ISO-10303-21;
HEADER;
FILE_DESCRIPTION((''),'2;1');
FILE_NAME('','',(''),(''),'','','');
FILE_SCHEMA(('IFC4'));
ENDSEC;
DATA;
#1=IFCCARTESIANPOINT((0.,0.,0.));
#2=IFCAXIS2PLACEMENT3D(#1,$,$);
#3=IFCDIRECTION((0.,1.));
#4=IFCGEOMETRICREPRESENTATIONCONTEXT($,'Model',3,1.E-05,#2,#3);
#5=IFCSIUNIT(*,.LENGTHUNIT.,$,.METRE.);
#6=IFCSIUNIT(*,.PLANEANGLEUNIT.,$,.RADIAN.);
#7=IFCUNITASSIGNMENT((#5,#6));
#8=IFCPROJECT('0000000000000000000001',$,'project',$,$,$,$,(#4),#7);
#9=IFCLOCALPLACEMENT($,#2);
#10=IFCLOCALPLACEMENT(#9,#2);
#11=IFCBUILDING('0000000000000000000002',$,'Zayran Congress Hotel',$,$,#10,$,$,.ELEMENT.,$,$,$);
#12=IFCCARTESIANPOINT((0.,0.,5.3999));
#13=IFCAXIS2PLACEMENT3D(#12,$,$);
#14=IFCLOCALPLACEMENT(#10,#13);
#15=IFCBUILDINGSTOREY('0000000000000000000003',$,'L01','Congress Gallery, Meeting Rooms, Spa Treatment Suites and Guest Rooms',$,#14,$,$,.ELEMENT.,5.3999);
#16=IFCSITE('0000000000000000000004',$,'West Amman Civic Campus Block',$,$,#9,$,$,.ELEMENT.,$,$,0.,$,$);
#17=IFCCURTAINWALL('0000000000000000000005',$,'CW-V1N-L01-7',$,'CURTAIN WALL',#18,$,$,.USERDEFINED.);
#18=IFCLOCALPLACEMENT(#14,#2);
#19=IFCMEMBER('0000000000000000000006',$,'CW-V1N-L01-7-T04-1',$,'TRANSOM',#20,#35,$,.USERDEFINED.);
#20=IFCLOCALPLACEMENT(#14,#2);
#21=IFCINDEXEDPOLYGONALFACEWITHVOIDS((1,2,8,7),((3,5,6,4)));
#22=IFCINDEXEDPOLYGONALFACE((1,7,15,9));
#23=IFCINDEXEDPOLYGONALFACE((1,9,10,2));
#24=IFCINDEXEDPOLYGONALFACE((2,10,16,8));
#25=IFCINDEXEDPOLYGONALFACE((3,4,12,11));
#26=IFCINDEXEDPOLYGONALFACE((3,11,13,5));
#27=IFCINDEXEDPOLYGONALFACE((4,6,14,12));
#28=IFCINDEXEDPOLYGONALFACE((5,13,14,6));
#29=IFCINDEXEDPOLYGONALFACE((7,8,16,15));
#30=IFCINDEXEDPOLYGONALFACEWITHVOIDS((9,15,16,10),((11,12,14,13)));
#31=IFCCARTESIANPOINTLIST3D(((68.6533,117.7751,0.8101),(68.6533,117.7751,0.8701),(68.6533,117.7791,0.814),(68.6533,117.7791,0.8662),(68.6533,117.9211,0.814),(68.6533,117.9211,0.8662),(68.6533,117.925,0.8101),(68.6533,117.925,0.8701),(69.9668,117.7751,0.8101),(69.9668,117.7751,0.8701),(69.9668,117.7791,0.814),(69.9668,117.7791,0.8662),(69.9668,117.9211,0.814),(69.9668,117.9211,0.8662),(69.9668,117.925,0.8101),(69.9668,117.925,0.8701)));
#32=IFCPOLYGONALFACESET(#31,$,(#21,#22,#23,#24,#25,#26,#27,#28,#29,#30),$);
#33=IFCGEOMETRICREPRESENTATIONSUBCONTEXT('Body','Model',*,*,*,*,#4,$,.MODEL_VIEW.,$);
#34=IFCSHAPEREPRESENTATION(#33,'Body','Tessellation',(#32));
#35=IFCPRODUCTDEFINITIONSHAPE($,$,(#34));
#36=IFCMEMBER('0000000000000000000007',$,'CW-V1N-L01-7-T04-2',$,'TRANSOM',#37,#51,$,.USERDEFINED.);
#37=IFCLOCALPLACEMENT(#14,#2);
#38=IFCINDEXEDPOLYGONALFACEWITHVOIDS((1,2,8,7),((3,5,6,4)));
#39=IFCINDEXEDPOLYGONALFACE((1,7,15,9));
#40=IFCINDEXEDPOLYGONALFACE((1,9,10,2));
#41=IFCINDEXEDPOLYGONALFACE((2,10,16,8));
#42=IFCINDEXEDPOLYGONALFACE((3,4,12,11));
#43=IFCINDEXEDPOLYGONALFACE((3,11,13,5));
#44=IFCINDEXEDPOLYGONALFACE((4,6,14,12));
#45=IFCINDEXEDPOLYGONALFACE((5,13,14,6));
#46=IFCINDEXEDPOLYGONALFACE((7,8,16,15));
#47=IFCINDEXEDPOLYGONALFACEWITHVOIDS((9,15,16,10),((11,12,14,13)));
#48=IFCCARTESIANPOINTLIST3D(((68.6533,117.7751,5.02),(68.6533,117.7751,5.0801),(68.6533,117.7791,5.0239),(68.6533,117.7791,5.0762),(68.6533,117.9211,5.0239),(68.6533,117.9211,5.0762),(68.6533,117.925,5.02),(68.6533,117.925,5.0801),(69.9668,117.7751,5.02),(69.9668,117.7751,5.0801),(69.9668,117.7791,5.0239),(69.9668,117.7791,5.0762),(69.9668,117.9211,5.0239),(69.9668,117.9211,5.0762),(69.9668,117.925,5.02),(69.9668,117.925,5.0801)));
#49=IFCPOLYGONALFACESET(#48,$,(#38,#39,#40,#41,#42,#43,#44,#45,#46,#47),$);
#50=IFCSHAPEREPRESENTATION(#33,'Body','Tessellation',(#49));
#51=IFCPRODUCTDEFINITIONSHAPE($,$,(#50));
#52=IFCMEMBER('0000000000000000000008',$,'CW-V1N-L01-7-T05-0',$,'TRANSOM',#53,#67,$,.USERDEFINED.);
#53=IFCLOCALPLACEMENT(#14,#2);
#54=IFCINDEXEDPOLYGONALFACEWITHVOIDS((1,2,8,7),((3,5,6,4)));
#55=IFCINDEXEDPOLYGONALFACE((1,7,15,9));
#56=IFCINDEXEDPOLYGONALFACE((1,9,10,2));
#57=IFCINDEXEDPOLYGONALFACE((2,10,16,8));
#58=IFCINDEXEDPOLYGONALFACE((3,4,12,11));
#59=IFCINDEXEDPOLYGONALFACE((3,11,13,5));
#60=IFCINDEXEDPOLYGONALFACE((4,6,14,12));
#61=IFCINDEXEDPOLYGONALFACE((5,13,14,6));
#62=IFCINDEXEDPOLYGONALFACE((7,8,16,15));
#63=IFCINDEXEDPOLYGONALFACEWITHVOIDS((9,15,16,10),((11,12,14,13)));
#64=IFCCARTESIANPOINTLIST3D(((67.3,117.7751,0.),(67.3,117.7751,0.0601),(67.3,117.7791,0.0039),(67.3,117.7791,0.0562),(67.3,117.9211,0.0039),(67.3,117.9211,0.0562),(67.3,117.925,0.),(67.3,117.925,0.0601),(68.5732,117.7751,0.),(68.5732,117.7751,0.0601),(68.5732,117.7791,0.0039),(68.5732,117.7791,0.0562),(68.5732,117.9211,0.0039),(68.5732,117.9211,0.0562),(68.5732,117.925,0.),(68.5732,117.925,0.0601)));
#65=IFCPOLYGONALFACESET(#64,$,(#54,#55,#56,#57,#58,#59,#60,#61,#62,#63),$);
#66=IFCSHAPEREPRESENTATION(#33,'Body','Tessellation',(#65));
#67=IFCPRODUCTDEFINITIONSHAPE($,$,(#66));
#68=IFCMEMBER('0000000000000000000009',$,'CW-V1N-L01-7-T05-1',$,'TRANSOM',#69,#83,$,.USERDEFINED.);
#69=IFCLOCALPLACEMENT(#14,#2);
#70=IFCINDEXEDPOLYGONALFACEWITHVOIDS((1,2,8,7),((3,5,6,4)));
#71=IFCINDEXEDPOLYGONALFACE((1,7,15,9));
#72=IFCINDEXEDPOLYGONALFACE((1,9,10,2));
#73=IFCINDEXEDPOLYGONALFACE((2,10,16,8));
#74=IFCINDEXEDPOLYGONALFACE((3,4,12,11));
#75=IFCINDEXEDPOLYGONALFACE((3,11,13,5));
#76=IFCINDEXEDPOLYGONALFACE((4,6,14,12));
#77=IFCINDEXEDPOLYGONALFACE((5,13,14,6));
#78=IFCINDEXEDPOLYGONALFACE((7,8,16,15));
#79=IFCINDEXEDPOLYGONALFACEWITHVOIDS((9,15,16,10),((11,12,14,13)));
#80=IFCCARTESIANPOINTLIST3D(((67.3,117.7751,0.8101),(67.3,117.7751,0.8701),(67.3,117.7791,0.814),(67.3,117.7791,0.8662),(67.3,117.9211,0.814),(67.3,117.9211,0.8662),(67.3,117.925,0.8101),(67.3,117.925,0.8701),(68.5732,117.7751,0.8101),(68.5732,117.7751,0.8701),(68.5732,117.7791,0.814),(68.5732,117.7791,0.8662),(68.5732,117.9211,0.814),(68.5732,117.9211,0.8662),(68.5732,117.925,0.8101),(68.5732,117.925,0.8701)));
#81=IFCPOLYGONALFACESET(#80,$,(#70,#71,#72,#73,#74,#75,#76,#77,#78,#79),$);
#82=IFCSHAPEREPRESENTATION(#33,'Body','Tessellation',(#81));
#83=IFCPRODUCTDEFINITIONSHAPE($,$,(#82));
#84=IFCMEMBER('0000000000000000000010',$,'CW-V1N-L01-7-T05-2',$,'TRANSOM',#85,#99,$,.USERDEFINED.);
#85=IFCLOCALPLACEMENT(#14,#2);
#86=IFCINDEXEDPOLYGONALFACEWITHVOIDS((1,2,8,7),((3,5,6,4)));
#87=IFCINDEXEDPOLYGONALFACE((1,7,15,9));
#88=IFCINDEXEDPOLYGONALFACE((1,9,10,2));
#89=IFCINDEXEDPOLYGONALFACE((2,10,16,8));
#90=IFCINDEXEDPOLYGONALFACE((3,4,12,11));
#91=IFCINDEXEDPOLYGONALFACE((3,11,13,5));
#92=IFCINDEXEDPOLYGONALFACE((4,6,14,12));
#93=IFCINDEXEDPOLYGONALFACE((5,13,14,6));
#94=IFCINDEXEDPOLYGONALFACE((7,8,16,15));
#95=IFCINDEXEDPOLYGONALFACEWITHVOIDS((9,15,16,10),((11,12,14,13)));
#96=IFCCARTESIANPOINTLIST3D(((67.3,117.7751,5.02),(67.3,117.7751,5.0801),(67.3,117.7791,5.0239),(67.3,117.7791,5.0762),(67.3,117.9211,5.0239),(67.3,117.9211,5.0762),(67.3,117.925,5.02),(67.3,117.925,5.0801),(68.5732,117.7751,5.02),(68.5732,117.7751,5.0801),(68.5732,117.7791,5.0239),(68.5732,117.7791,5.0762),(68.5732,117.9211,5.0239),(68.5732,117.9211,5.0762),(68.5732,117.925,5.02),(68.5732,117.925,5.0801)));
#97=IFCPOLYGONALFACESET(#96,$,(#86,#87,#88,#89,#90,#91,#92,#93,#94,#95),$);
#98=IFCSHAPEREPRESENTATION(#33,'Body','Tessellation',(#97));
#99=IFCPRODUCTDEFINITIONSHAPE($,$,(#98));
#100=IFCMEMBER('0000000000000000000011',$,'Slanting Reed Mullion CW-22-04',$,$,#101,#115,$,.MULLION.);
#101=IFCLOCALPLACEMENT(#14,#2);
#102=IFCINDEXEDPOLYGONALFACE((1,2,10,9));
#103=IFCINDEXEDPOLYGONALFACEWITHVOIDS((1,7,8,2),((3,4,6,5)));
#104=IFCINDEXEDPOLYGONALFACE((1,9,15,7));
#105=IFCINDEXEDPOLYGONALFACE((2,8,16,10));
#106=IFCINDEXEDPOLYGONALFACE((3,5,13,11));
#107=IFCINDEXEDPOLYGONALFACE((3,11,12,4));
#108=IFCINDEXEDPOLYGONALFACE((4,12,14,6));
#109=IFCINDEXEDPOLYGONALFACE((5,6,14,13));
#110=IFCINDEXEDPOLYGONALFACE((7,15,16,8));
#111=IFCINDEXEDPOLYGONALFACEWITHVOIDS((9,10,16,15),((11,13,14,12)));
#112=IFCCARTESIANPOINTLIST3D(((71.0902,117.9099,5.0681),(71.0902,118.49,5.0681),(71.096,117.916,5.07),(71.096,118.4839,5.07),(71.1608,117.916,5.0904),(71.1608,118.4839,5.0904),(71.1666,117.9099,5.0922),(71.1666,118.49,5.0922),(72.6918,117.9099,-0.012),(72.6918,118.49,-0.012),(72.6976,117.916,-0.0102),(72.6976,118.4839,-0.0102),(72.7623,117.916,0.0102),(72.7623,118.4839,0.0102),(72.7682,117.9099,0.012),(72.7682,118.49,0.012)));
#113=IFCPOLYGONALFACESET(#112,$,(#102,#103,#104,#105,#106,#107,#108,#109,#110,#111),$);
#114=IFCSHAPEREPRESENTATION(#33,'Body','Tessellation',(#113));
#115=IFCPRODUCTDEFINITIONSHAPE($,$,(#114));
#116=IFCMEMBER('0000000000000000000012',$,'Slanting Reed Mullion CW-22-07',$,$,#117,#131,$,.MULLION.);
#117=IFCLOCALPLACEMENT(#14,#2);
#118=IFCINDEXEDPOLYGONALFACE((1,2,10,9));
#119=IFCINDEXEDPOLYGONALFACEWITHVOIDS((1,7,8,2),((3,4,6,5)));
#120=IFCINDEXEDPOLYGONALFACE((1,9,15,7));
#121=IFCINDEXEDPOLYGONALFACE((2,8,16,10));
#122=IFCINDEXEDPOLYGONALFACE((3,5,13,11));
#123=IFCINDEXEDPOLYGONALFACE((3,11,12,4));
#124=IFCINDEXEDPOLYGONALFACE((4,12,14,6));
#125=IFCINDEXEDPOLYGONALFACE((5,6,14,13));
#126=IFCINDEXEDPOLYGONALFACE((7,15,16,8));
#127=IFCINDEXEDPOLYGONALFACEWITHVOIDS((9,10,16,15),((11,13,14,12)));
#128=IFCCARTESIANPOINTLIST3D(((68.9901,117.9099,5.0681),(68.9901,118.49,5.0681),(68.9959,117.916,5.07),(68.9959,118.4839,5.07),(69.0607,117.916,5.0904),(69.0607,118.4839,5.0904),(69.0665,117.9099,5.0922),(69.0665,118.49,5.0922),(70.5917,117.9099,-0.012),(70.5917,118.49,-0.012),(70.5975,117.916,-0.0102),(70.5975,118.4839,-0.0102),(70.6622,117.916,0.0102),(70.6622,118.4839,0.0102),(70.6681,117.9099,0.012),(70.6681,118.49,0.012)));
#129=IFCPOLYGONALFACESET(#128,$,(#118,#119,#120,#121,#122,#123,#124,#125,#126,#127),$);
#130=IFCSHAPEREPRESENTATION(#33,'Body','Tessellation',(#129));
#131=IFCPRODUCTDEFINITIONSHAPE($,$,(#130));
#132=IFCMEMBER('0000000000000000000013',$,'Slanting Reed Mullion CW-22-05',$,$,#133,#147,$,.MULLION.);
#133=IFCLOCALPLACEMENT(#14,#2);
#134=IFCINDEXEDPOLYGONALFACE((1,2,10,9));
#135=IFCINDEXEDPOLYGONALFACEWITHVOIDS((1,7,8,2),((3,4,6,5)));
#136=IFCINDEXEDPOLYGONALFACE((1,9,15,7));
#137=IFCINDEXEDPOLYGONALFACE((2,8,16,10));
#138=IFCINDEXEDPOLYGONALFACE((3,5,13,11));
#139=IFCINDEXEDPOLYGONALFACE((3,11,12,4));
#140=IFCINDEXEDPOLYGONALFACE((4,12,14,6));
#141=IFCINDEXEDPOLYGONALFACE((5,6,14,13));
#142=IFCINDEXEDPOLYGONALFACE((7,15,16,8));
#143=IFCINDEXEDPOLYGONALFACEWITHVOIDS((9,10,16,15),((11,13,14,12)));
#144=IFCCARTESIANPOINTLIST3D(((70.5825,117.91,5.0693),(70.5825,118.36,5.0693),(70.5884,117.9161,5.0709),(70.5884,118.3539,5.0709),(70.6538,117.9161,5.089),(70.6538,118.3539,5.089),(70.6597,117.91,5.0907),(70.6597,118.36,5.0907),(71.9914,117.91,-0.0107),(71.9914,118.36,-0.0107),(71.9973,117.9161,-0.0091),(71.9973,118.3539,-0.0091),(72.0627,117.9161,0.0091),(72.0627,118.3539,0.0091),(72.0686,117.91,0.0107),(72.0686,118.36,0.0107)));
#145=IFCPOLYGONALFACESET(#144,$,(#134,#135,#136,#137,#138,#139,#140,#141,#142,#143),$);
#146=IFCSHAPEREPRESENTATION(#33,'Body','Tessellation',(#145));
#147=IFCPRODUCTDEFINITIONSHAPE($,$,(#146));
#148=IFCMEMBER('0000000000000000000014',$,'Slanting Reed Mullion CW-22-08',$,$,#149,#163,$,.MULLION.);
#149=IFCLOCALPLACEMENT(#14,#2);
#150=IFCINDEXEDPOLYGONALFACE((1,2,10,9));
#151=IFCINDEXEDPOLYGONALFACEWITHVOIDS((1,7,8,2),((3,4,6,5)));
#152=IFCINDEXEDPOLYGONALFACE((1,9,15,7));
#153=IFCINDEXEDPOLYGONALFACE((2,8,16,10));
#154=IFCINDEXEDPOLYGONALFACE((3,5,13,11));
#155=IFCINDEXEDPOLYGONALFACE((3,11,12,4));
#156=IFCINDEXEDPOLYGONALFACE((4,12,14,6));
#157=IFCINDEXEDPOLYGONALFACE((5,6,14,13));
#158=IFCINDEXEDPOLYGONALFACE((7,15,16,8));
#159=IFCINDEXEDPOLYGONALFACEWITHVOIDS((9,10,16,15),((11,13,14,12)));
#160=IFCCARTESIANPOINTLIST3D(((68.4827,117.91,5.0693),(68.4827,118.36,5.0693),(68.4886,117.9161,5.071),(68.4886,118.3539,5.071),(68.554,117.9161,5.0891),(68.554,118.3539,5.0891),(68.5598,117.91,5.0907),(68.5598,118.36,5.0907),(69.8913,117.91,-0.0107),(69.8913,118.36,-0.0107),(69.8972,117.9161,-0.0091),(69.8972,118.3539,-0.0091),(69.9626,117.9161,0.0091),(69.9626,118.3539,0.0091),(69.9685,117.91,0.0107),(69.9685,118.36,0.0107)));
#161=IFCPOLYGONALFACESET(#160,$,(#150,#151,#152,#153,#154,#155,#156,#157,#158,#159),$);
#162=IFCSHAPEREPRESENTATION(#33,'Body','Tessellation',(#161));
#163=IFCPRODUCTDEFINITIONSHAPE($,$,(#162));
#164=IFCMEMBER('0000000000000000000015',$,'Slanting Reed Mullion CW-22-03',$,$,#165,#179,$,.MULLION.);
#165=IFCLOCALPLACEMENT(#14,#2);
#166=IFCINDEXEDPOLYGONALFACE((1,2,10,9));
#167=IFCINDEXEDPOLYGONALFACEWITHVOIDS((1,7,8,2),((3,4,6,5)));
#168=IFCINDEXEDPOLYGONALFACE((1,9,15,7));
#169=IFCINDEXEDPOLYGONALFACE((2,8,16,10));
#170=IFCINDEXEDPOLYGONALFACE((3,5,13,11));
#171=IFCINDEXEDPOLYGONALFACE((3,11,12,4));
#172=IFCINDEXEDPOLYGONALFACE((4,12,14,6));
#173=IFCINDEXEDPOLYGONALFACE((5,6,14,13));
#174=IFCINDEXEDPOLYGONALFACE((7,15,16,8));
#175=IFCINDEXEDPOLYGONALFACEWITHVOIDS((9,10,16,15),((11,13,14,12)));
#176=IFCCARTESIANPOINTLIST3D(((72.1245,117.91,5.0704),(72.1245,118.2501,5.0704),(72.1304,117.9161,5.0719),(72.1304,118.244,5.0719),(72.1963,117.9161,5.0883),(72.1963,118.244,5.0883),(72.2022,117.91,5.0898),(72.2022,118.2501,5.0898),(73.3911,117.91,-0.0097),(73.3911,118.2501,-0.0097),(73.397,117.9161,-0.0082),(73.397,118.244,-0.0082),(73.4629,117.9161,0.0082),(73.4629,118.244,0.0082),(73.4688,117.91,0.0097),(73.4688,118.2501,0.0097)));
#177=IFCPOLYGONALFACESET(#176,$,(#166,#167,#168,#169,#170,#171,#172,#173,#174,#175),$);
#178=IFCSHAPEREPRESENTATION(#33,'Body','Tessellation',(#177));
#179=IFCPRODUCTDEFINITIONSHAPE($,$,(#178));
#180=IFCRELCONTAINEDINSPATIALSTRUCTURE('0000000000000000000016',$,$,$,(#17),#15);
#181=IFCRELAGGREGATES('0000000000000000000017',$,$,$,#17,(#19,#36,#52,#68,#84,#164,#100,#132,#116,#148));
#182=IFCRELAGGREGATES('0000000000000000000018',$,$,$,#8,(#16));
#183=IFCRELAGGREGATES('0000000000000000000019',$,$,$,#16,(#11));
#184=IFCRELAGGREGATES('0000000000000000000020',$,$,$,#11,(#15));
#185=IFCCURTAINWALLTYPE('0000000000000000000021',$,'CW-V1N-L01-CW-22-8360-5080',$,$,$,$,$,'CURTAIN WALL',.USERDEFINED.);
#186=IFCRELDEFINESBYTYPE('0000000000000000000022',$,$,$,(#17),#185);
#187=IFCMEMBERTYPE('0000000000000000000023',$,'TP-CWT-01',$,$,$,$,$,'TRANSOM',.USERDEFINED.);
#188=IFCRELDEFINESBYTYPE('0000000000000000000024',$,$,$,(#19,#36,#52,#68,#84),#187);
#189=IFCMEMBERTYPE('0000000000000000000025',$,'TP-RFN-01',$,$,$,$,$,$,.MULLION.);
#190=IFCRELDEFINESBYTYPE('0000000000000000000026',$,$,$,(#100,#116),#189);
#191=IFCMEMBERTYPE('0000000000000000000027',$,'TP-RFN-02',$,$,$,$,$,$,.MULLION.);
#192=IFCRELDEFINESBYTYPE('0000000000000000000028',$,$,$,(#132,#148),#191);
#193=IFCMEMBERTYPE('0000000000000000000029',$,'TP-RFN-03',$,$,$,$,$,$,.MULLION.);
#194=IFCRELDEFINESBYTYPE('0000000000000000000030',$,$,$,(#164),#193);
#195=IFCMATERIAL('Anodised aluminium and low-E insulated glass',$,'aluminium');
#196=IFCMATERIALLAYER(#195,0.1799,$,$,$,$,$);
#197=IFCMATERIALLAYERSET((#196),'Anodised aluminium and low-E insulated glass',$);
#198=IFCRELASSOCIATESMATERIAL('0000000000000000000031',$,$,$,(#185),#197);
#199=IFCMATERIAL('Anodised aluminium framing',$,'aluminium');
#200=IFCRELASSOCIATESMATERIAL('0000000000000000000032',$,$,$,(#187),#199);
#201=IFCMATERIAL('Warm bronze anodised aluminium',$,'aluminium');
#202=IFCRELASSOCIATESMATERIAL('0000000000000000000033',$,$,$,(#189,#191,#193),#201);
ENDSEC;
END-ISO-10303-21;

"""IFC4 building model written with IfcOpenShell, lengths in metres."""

from ifc_helpers import new_model, si_unit, direction, frame, origin, origin_2d, place, context, subcontext, project, spatial, hollow_rectangle, extrude, material, layer, layer_set, material_profile, profile_set, type_object, element, aggregate, save


model = new_model("IFC4")

# Units and contexts
model_context = context("Model", 3, precision=1e-05, world=origin(), true_north=direction((0.0, 1.0)))
body_context = subcontext(model_context, "Body", "Model", "MODEL_VIEW")
ifc_project = project(units=[si_unit("LENGTHUNIT", "METRE"), si_unit("PLANEANGLEUNIT", "RADIAN")], contexts=[model_context])

# Site, building, storey
site_placement = place(None, origin())
site = spatial("IfcSite", under=ifc_project, at=site_placement, Name="West Amman Civic Campus Block", CompositionType="ELEMENT", RefElevation=0.0)
building_placement = place(site_placement, origin())
building = spatial("IfcBuilding", under=site, at=building_placement, Name="Zayran Congress Hotel", CompositionType="ELEMENT")
storey_placement = place(building_placement, frame((0.0, 0.0, 5.3999)))
storey = spatial("IfcBuildingStorey", under=building, at=storey_placement, Name="L01", Description="Congress Gallery, Meeting Rooms, Spa Treatment Suites and Guest Rooms", CompositionType="ELEMENT", Elevation=5.3999)

# Curtain wall, members
ifc_material_1 = material(Name="Anodised aluminium and low-E insulated glass", Category="aluminium")
ifc_layer_1 = layer(ifc_material_1, 0.1799)
ifc_layer_set_1 = layer_set([ifc_layer_1], Name="Anodised aluminium and low-E insulated glass")
curtain_wall_type = type_object("IfcCurtainWallType", Name="CW-V1N-L01-CW-22-8360-5080", ElementType="CURTAIN WALL", PredefinedType="USERDEFINED", material=ifc_layer_set_1)
curtain_wall_placement = place(storey_placement, origin())
curtain_wall = element("IfcCurtainWall", 1, at=curtain_wall_placement, inside=storey, type_object=curtain_wall_type, Name="CW-V1N-L01-7", ObjectType="CURTAIN WALL", PredefinedType="USERDEFINED")
ifc_material_2 = material(Name="Anodised aluminium framing", Category="aluminium")
ifc_material_profile_1 = material_profile(ifc_material_2, hollow_rectangle(XDim=0.0601, YDim=0.1499, WallThickness=0.0039, at=origin_2d()), Name="RHS 150x60x4")
ifc_profile_set_1 = profile_set([ifc_material_profile_1], Name="Anodised aluminium framing")
member_type_1 = type_object("IfcMemberType", Name="TP-CWT-01", ElementType="TRANSOM", PredefinedType="USERDEFINED", material=ifc_profile_set_1)
member_1_placement = place(storey_placement, frame((69.9668, 117.8501, 0.8401), z_axis=(-1.0, 0.0, 0.0), x_axis=(0.0, 0.0, 1.0)))
member_1 = element("IfcMember", 2, at=member_1_placement, type_object=member_type_1, Name="CW-V1N-L01-7-T04-1", ObjectType="TRANSOM", PredefinedType="USERDEFINED", context=body_context, shape_type="SweptSolid", body=[
    extrude(hollow_rectangle(XDim=0.0601, YDim=0.1499, WallThickness=0.0039, at=origin_2d()), origin(), (0.0, 0.0, 1.0), 1.3135),
])
member_2_placement = place(storey_placement, frame((69.9668, 117.8501, 5.05), z_axis=(-1.0, 0.0, 0.0), x_axis=(0.0, 0.0, 1.0)))
member_2 = element("IfcMember", 3, at=member_2_placement, type_object=member_type_1, Name="CW-V1N-L01-7-T04-2", ObjectType="TRANSOM", PredefinedType="USERDEFINED", context=body_context, shape_type="SweptSolid", body=[
    extrude(hollow_rectangle(XDim=0.0601, YDim=0.1499, WallThickness=0.0039, at=origin_2d()), origin(), (0.0, 0.0, 1.0), 1.3135),
])
member_3_placement = place(storey_placement, frame((68.5732, 117.8501, 0.03), z_axis=(-1.0, 0.0, 0.0), x_axis=(0.0, 0.0, 1.0)))
member_3 = element("IfcMember", 4, at=member_3_placement, type_object=member_type_1, Name="CW-V1N-L01-7-T05-0", ObjectType="TRANSOM", PredefinedType="USERDEFINED", context=body_context, shape_type="SweptSolid", body=[
    extrude(hollow_rectangle(XDim=0.0601, YDim=0.1499, WallThickness=0.0039, at=origin_2d()), origin(), (0.0, 0.0, 1.0), 1.2732),
])
member_4_placement = place(storey_placement, frame((68.5732, 117.8501, 0.8401), z_axis=(-1.0, 0.0, 0.0), x_axis=(0.0, 0.0, 1.0)))
member_4 = element("IfcMember", 5, at=member_4_placement, type_object=member_type_1, Name="CW-V1N-L01-7-T05-1", ObjectType="TRANSOM", PredefinedType="USERDEFINED", context=body_context, shape_type="SweptSolid", body=[
    extrude(hollow_rectangle(XDim=0.0601, YDim=0.1499, WallThickness=0.0039, at=origin_2d()), origin(), (0.0, 0.0, 1.0), 1.2732),
])
member_5_placement = place(storey_placement, frame((68.5732, 117.8501, 5.05), z_axis=(-1.0, 0.0, 0.0), x_axis=(0.0, 0.0, 1.0)))
member_5 = element("IfcMember", 6, at=member_5_placement, type_object=member_type_1, Name="CW-V1N-L01-7-T05-2", ObjectType="TRANSOM", PredefinedType="USERDEFINED", context=body_context, shape_type="SweptSolid", body=[
    extrude(hollow_rectangle(XDim=0.0601, YDim=0.1499, WallThickness=0.0039, at=origin_2d()), origin(), (0.0, 0.0, 1.0), 1.2732),
])
ifc_material_3 = material(Name="Warm bronze anodised aluminium", Category="aluminium")
ifc_material_profile_2 = material_profile(ifc_material_3, hollow_rectangle(XDim=0.0801, YDim=0.5801, WallThickness=0.0061, at=origin_2d()), Name="RHS 580x80x6")
ifc_profile_set_2 = profile_set([ifc_material_profile_2], Name="Warm bronze anodised aluminium")
member_type_2 = type_object("IfcMemberType", Name="TP-RFN-01", PredefinedType="MULLION", material=ifc_profile_set_2)
member_6_placement = place(storey_placement, frame((72.73, 118.2, 0.0), z_axis=(-0.300675, 0.0, 0.953727), x_axis=(0.953727, 0.0, 0.300675)))
member_6 = element("IfcMember", 7, at=member_6_placement, type_object=member_type_2, Name="Slanting Reed Mullion CW-22-04", PredefinedType="MULLION", context=body_context, shape_type="SweptSolid", body=[
    extrude(hollow_rectangle(XDim=0.0801, YDim=0.5801, WallThickness=0.0061, at=origin_2d()), origin(), (0.0, 0.0, 1.0), 5.3267),
])
member_7_placement = place(storey_placement, frame((70.6299, 118.2, 0.0), z_axis=(-0.300675, 0.0, 0.953727), x_axis=(0.953727, 0.0, 0.300675)))
member_7 = element("IfcMember", 8, at=member_7_placement, type_object=member_type_2, Name="Slanting Reed Mullion CW-22-07", PredefinedType="MULLION", context=body_context, shape_type="SweptSolid", body=[
    extrude(hollow_rectangle(XDim=0.0801, YDim=0.5801, WallThickness=0.0061, at=origin_2d()), origin(), (0.0, 0.0, 1.0), 5.3267),
])
ifc_material_profile_3 = material_profile(ifc_material_3, hollow_rectangle(XDim=0.0801, YDim=0.45, WallThickness=0.0061, at=origin_2d()), Name="RHS 450x80x6")
ifc_profile_set_3 = profile_set([ifc_material_profile_3], Name="Warm bronze anodised aluminium")
member_type_3 = type_object("IfcMemberType", Name="TP-RFN-02", PredefinedType="MULLION", material=ifc_profile_set_3)
member_8_placement = place(storey_placement, frame((72.03, 118.135, 0.0), z_axis=(-0.267257, 0.0, 0.963625), x_axis=(0.963625, 0.0, 0.267257)))
member_8 = element("IfcMember", 9, at=member_8_placement, type_object=member_type_3, Name="Slanting Reed Mullion CW-22-05", PredefinedType="MULLION", context=body_context, shape_type="SweptSolid", body=[
    extrude(hollow_rectangle(XDim=0.0801, YDim=0.45, WallThickness=0.0061, at=origin_2d()), origin(), (0.0, 0.0, 1.0), 5.2717),
])
member_9_placement = place(storey_placement, frame((69.9299, 118.135, 0.0), z_axis=(-0.267214, 0.0, 0.963637), x_axis=(0.963637, 0.0, 0.267214)))
member_9 = element("IfcMember", 10, at=member_9_placement, type_object=member_type_3, Name="Slanting Reed Mullion CW-22-08", PredefinedType="MULLION", context=body_context, shape_type="SweptSolid", body=[
    extrude(hollow_rectangle(XDim=0.0801, YDim=0.45, WallThickness=0.0061, at=origin_2d()), origin(), (0.0, 0.0, 1.0), 5.2717),
])
ifc_material_profile_4 = material_profile(ifc_material_3, hollow_rectangle(XDim=0.0801, YDim=0.3401, WallThickness=0.0061, at=origin_2d()), Name="RHS 340x80x6")
ifc_profile_set_4 = profile_set([ifc_material_profile_4], Name="Warm bronze anodised aluminium")
member_type_4 = type_object("IfcMemberType", Name="TP-RFN-03", PredefinedType="MULLION", material=ifc_profile_set_4)
member_10_placement = place(storey_placement, frame((73.4299, 118.0801, 0.0), z_axis=(-0.241921, 0.0, 0.970296), x_axis=(0.970296, 0.0, 0.241921)))
member_10 = element("IfcMember", 11, at=member_10_placement, type_object=member_type_4, Name="Slanting Reed Mullion CW-22-03", PredefinedType="MULLION", context=body_context, shape_type="SweptSolid", body=[
    extrude(hollow_rectangle(XDim=0.0801, YDim=0.3401, WallThickness=0.0061, at=origin_2d()), origin(), (0.0, 0.0, 1.0), 5.2356),
])
aggregate(curtain_wall, [member_1, member_2, member_3, member_4, member_5, member_10, member_6, member_8, member_7, member_9])

save(model, "model.ifc")
